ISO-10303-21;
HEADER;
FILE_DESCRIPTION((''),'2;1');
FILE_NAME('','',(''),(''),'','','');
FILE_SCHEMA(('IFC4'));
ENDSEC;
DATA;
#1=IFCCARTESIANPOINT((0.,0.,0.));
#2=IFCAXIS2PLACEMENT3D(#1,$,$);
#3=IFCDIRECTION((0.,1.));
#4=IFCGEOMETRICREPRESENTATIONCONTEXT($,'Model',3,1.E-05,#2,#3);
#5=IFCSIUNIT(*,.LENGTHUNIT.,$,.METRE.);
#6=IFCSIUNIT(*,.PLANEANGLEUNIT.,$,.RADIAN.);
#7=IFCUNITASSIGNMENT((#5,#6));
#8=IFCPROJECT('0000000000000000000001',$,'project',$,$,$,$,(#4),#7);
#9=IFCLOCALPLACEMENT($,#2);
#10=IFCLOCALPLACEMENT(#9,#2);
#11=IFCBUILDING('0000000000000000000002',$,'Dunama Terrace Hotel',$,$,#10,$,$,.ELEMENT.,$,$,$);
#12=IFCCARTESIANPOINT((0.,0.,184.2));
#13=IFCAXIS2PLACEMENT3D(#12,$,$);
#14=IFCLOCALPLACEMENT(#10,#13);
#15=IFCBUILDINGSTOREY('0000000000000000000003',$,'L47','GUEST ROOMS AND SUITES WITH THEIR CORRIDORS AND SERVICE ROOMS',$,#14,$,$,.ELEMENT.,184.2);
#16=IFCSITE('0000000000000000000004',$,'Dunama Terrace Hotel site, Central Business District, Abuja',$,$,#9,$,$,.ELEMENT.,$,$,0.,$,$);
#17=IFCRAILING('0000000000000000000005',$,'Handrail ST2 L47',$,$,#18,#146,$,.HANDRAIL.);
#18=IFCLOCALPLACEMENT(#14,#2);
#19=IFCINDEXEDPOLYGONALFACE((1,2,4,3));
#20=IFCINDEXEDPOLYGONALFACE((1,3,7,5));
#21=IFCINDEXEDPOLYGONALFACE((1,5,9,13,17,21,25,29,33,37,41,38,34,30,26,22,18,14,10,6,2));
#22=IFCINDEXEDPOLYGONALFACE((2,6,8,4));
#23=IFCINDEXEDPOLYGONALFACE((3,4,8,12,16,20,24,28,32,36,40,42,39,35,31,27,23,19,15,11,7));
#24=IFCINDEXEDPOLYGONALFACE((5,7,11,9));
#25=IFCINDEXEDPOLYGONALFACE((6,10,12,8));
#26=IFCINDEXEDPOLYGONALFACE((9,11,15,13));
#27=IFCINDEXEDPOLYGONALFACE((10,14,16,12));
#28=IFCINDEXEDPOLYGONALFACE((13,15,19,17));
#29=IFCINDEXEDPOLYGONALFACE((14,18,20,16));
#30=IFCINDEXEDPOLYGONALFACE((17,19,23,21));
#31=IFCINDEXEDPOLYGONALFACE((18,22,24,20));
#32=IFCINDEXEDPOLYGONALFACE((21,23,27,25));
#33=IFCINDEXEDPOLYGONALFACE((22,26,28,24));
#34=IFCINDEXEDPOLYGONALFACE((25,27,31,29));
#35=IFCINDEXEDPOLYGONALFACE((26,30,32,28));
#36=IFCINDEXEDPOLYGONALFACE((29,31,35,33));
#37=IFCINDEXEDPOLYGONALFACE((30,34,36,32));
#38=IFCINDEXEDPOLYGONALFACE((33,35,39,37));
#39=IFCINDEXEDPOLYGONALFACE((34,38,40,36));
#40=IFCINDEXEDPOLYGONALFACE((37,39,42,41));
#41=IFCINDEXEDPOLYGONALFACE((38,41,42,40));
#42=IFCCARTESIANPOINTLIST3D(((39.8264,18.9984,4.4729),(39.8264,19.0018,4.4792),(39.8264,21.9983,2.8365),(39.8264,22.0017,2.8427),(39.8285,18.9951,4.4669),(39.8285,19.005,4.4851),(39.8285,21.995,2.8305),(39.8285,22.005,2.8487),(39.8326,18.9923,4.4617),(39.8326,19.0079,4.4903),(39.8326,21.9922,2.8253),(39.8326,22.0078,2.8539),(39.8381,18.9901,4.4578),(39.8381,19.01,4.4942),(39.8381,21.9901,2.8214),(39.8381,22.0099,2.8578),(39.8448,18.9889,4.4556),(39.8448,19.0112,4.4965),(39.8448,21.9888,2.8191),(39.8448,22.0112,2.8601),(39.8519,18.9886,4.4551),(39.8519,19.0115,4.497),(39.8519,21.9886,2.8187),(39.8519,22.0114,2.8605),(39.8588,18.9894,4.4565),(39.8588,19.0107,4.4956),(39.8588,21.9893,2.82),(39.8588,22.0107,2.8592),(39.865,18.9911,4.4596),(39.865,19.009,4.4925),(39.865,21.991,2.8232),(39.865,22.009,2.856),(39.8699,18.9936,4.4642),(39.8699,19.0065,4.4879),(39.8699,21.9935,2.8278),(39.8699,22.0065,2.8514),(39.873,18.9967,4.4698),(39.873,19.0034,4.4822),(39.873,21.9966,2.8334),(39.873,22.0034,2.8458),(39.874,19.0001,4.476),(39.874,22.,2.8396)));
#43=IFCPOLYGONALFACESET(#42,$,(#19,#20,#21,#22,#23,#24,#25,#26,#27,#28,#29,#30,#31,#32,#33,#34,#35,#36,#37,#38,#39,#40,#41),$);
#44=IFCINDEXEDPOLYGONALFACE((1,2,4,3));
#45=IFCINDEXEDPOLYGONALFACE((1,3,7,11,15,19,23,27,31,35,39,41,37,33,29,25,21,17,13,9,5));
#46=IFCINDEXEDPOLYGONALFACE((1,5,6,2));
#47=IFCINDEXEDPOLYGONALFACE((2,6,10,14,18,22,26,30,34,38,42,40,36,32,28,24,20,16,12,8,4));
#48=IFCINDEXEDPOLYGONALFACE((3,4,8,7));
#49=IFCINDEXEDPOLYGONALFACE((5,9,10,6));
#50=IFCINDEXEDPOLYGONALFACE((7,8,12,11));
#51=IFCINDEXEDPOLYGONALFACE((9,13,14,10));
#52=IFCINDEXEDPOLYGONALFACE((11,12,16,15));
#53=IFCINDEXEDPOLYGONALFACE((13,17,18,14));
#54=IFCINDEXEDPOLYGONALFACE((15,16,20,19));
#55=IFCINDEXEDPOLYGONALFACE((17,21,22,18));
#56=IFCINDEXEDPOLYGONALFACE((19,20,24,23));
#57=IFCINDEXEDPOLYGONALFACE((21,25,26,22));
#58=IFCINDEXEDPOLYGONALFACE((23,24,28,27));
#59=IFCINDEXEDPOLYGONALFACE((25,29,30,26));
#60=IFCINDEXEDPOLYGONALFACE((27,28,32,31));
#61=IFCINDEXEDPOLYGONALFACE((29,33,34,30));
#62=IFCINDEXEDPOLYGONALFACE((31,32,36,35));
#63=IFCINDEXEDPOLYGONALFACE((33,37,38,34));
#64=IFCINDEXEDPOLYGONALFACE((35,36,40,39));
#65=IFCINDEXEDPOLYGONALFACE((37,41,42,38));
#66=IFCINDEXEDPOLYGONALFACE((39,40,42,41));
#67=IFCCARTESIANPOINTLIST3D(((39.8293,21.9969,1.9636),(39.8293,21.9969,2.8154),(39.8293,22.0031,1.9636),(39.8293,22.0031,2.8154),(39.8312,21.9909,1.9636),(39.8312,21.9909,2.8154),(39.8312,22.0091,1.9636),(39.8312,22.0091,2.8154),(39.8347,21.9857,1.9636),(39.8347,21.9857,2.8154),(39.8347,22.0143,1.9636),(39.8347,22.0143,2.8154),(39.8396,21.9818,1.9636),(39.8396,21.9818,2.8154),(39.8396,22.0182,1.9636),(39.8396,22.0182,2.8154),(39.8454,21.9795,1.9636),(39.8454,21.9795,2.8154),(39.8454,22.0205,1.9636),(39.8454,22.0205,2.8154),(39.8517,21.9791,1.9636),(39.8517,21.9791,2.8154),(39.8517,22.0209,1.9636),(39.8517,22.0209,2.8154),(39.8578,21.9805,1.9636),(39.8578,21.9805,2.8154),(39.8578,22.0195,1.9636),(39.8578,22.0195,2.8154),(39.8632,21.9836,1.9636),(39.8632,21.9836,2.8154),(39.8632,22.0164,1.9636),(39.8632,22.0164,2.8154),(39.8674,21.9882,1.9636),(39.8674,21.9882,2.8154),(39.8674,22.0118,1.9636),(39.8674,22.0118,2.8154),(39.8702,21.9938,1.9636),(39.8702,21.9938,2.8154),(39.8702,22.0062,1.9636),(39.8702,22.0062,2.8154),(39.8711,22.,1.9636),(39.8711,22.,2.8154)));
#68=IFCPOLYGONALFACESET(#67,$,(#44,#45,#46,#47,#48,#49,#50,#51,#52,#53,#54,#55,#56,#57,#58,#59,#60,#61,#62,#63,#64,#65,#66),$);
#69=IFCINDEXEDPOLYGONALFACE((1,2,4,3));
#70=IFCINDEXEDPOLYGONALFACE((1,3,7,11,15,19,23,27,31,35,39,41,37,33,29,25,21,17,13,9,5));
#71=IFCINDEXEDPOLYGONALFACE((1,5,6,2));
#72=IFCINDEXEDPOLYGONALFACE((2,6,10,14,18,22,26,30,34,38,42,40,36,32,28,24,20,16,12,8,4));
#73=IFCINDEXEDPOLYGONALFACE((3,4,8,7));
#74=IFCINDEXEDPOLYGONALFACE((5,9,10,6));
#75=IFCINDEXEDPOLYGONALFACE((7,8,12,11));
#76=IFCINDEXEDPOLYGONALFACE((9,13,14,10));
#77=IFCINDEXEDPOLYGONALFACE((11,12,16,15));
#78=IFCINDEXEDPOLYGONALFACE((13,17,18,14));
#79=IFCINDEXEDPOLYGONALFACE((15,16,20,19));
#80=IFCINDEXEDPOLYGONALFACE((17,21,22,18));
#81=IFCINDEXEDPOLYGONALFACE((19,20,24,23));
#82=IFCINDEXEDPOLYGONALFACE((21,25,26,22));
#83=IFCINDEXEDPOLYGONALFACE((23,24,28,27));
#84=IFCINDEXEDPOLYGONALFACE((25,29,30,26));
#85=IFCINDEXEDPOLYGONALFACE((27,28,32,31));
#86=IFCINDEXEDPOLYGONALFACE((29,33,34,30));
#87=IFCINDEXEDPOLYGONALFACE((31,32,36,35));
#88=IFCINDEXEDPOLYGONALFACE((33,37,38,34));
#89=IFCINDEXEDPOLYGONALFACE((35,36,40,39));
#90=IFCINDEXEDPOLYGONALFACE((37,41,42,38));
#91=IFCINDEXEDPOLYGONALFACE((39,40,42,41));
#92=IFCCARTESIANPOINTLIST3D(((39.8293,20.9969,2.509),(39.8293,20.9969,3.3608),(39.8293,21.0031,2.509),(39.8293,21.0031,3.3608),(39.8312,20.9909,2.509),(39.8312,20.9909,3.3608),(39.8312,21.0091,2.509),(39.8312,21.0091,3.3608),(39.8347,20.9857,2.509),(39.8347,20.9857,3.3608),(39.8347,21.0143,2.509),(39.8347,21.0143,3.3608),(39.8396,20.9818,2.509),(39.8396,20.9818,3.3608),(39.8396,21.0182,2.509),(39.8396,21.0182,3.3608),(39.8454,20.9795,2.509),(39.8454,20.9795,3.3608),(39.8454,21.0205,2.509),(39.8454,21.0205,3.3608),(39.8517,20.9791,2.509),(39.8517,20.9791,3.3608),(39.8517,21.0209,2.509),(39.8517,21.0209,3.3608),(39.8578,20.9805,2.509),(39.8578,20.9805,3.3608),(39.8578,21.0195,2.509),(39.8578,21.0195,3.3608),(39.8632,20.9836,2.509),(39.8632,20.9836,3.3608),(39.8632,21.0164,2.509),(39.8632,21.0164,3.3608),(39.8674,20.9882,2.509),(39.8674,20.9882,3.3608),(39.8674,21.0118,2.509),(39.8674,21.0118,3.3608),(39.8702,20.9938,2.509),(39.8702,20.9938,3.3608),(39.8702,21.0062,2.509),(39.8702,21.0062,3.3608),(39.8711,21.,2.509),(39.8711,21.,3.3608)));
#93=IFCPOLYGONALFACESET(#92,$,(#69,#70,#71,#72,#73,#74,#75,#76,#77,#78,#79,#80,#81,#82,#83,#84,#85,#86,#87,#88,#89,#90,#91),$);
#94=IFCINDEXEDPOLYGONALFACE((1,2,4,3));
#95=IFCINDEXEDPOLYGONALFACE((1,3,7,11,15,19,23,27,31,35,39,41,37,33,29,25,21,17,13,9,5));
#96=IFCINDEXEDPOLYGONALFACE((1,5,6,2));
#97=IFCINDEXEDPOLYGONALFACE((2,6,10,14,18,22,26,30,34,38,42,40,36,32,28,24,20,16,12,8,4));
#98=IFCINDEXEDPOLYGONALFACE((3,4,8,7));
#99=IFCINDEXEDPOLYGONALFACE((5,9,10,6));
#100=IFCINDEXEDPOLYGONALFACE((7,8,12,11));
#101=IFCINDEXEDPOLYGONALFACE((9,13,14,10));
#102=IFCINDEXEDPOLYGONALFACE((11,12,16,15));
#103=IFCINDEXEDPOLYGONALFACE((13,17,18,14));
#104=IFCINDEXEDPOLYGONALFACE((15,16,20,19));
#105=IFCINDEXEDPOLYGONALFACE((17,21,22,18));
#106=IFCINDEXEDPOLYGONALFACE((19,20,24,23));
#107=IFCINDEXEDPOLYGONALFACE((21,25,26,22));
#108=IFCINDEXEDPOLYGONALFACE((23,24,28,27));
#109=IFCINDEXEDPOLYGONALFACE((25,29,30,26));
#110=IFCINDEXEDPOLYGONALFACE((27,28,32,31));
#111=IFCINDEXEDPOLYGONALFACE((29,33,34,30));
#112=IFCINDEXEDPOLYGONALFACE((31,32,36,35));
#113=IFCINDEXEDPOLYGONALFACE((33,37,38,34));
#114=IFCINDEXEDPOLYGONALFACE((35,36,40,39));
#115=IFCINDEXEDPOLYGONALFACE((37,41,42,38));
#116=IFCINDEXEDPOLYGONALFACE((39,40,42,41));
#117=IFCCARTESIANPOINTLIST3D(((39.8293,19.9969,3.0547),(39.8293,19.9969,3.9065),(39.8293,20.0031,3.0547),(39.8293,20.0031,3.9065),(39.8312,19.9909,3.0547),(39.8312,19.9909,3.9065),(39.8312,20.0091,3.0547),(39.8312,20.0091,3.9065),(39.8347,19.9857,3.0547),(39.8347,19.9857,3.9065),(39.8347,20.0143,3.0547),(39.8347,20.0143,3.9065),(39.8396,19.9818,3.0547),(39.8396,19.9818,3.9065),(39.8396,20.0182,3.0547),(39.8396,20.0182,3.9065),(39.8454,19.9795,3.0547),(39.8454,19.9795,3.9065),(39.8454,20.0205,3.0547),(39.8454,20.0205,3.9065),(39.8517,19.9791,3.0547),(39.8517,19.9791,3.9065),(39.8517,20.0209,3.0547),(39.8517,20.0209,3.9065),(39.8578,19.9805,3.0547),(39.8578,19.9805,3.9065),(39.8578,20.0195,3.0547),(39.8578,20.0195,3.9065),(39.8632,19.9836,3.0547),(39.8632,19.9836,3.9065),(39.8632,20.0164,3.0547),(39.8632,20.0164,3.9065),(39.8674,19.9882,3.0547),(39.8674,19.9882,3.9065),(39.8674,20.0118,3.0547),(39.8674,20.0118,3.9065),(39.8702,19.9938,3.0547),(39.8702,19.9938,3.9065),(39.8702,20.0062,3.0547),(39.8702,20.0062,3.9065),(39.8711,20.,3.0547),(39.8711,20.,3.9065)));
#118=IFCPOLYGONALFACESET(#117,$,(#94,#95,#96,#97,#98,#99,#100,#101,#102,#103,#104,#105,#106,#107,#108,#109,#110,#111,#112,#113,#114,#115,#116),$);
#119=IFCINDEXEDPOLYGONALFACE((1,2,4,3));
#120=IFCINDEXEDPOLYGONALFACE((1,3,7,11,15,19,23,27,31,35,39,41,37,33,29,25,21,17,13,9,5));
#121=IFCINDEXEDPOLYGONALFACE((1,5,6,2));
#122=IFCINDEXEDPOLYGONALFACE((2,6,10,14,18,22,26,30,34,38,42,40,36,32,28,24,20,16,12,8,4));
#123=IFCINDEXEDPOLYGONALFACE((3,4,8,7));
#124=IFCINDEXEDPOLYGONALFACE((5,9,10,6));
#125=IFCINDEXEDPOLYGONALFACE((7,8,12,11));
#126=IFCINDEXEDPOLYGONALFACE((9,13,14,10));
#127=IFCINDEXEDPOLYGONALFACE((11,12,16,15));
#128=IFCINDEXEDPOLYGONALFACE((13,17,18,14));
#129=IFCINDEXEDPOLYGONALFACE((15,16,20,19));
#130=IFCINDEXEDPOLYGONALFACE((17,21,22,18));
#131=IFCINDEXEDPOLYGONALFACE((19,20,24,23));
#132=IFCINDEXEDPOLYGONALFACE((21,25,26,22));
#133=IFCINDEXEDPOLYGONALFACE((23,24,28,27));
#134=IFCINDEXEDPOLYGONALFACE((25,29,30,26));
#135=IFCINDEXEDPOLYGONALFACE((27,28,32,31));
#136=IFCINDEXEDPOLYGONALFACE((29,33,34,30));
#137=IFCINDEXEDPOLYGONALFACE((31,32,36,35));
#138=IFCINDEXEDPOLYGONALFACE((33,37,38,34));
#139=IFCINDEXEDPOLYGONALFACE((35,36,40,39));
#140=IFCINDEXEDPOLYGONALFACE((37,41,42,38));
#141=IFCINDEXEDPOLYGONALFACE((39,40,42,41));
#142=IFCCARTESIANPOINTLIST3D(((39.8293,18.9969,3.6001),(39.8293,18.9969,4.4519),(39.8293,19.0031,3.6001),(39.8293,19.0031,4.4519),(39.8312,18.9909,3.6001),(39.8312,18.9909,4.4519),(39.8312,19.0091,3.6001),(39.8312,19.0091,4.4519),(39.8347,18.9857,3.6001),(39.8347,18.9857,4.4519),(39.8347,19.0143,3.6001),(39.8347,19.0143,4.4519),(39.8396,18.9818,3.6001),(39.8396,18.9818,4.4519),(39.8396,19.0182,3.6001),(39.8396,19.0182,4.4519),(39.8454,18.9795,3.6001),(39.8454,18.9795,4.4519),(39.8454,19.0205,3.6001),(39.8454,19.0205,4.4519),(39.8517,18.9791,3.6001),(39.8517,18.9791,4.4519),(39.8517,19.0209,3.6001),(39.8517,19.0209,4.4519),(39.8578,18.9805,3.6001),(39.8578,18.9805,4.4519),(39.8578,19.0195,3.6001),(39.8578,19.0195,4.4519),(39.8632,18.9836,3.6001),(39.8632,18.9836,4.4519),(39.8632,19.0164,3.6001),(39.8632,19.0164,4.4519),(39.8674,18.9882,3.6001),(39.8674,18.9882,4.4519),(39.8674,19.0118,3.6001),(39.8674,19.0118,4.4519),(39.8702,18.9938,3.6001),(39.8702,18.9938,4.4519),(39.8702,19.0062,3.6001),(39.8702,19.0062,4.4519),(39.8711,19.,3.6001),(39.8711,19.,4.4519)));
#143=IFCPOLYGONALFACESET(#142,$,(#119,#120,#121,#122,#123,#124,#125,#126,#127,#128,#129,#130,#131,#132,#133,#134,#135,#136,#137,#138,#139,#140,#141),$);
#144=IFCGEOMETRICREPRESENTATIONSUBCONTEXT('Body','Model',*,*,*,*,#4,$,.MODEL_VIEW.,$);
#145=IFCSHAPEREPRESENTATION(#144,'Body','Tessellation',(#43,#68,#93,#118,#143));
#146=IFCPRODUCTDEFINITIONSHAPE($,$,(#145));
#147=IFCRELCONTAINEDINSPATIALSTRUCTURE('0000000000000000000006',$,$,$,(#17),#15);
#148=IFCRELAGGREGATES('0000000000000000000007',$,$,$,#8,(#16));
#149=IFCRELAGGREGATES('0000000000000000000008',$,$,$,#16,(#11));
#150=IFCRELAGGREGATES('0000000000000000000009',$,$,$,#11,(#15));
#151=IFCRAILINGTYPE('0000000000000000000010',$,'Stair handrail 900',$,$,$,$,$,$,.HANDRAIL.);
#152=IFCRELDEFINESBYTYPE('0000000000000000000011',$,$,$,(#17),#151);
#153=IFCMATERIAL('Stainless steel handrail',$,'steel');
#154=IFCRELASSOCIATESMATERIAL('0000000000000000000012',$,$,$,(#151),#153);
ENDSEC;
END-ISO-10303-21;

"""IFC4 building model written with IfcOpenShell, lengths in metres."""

from ifc_helpers import new_model, si_unit, direction, frame, origin, origin_2d, place, context, subcontext, project, spatial, circle, extrude, material, type_object, element, save


model = new_model("IFC4")

# Units and contexts
model_context = context("Model", 3, precision=1e-05, world=origin(), true_north=direction((0.0, 1.0)))
body_context = subcontext(model_context, "Body", "Model", "MODEL_VIEW")
ifc_project = project(units=[si_unit("LENGTHUNIT", "METRE"), si_unit("PLANEANGLEUNIT", "RADIAN")], contexts=[model_context])

# Site, building, storey
site_placement = place(None, origin())
site = spatial("IfcSite", under=ifc_project, at=site_placement, Name="Dunama Terrace Hotel site, Central Business District, Abuja", CompositionType="ELEMENT", RefElevation=0.0)
building_placement = place(site_placement, origin())
building = spatial("IfcBuilding", under=site, at=building_placement, Name="Dunama Terrace Hotel", CompositionType="ELEMENT")
storey_placement = place(building_placement, frame((0.0, 0.0, 184.2)))
storey = spatial("IfcBuildingStorey", under=building, at=storey_placement, Name="L47", Description="GUEST ROOMS AND SUITES WITH THEIR CORRIDORS AND SERVICE ROOMS", CompositionType="ELEMENT", Elevation=184.2)

# Railing
ifc_material_1 = material(Name="Stainless steel handrail", Category="steel")
railing_type_1 = type_object("IfcRailingType", Name="Stair handrail 900", PredefinedType="HANDRAIL", material=ifc_material_1)
railing_1_placement = place(storey_placement, frame((39.8501, 22.0, 1.9636)))
element("IfcRailing", 1, at=railing_1_placement, inside=storey, type_object=railing_type_1, Name="Handrail ST2 L47", PredefinedType="HANDRAIL", context=body_context, shape_type="SweptSolid", body=[
    extrude(circle(Radius=0.0239, at=origin_2d()), frame((0.0, 0.0, 0.876), z_axis=(0.0, -0.877882, 0.478877), x_axis=(1.0, 0.0, 0.0)), (0.0, 0.0, 1.0), 3.4172),
    extrude(circle(Radius=0.021, at=origin_2d()), origin(), (0.0, 0.0, 1.0), 0.8518),
    extrude(circle(Radius=0.021, at=origin_2d()), frame((0.0, -1.0, 0.5454)), (0.0, 0.0, 1.0), 0.8518),
    extrude(circle(Radius=0.021, at=origin_2d()), frame((0.0, -2.0, 1.0911)), (0.0, 0.0, 1.0), 0.8518),
    extrude(circle(Radius=0.021, at=origin_2d()), frame((0.0, -3.0, 1.6365)), (0.0, 0.0, 1.0), 0.8518),
])

save(model, "model.ifc")
